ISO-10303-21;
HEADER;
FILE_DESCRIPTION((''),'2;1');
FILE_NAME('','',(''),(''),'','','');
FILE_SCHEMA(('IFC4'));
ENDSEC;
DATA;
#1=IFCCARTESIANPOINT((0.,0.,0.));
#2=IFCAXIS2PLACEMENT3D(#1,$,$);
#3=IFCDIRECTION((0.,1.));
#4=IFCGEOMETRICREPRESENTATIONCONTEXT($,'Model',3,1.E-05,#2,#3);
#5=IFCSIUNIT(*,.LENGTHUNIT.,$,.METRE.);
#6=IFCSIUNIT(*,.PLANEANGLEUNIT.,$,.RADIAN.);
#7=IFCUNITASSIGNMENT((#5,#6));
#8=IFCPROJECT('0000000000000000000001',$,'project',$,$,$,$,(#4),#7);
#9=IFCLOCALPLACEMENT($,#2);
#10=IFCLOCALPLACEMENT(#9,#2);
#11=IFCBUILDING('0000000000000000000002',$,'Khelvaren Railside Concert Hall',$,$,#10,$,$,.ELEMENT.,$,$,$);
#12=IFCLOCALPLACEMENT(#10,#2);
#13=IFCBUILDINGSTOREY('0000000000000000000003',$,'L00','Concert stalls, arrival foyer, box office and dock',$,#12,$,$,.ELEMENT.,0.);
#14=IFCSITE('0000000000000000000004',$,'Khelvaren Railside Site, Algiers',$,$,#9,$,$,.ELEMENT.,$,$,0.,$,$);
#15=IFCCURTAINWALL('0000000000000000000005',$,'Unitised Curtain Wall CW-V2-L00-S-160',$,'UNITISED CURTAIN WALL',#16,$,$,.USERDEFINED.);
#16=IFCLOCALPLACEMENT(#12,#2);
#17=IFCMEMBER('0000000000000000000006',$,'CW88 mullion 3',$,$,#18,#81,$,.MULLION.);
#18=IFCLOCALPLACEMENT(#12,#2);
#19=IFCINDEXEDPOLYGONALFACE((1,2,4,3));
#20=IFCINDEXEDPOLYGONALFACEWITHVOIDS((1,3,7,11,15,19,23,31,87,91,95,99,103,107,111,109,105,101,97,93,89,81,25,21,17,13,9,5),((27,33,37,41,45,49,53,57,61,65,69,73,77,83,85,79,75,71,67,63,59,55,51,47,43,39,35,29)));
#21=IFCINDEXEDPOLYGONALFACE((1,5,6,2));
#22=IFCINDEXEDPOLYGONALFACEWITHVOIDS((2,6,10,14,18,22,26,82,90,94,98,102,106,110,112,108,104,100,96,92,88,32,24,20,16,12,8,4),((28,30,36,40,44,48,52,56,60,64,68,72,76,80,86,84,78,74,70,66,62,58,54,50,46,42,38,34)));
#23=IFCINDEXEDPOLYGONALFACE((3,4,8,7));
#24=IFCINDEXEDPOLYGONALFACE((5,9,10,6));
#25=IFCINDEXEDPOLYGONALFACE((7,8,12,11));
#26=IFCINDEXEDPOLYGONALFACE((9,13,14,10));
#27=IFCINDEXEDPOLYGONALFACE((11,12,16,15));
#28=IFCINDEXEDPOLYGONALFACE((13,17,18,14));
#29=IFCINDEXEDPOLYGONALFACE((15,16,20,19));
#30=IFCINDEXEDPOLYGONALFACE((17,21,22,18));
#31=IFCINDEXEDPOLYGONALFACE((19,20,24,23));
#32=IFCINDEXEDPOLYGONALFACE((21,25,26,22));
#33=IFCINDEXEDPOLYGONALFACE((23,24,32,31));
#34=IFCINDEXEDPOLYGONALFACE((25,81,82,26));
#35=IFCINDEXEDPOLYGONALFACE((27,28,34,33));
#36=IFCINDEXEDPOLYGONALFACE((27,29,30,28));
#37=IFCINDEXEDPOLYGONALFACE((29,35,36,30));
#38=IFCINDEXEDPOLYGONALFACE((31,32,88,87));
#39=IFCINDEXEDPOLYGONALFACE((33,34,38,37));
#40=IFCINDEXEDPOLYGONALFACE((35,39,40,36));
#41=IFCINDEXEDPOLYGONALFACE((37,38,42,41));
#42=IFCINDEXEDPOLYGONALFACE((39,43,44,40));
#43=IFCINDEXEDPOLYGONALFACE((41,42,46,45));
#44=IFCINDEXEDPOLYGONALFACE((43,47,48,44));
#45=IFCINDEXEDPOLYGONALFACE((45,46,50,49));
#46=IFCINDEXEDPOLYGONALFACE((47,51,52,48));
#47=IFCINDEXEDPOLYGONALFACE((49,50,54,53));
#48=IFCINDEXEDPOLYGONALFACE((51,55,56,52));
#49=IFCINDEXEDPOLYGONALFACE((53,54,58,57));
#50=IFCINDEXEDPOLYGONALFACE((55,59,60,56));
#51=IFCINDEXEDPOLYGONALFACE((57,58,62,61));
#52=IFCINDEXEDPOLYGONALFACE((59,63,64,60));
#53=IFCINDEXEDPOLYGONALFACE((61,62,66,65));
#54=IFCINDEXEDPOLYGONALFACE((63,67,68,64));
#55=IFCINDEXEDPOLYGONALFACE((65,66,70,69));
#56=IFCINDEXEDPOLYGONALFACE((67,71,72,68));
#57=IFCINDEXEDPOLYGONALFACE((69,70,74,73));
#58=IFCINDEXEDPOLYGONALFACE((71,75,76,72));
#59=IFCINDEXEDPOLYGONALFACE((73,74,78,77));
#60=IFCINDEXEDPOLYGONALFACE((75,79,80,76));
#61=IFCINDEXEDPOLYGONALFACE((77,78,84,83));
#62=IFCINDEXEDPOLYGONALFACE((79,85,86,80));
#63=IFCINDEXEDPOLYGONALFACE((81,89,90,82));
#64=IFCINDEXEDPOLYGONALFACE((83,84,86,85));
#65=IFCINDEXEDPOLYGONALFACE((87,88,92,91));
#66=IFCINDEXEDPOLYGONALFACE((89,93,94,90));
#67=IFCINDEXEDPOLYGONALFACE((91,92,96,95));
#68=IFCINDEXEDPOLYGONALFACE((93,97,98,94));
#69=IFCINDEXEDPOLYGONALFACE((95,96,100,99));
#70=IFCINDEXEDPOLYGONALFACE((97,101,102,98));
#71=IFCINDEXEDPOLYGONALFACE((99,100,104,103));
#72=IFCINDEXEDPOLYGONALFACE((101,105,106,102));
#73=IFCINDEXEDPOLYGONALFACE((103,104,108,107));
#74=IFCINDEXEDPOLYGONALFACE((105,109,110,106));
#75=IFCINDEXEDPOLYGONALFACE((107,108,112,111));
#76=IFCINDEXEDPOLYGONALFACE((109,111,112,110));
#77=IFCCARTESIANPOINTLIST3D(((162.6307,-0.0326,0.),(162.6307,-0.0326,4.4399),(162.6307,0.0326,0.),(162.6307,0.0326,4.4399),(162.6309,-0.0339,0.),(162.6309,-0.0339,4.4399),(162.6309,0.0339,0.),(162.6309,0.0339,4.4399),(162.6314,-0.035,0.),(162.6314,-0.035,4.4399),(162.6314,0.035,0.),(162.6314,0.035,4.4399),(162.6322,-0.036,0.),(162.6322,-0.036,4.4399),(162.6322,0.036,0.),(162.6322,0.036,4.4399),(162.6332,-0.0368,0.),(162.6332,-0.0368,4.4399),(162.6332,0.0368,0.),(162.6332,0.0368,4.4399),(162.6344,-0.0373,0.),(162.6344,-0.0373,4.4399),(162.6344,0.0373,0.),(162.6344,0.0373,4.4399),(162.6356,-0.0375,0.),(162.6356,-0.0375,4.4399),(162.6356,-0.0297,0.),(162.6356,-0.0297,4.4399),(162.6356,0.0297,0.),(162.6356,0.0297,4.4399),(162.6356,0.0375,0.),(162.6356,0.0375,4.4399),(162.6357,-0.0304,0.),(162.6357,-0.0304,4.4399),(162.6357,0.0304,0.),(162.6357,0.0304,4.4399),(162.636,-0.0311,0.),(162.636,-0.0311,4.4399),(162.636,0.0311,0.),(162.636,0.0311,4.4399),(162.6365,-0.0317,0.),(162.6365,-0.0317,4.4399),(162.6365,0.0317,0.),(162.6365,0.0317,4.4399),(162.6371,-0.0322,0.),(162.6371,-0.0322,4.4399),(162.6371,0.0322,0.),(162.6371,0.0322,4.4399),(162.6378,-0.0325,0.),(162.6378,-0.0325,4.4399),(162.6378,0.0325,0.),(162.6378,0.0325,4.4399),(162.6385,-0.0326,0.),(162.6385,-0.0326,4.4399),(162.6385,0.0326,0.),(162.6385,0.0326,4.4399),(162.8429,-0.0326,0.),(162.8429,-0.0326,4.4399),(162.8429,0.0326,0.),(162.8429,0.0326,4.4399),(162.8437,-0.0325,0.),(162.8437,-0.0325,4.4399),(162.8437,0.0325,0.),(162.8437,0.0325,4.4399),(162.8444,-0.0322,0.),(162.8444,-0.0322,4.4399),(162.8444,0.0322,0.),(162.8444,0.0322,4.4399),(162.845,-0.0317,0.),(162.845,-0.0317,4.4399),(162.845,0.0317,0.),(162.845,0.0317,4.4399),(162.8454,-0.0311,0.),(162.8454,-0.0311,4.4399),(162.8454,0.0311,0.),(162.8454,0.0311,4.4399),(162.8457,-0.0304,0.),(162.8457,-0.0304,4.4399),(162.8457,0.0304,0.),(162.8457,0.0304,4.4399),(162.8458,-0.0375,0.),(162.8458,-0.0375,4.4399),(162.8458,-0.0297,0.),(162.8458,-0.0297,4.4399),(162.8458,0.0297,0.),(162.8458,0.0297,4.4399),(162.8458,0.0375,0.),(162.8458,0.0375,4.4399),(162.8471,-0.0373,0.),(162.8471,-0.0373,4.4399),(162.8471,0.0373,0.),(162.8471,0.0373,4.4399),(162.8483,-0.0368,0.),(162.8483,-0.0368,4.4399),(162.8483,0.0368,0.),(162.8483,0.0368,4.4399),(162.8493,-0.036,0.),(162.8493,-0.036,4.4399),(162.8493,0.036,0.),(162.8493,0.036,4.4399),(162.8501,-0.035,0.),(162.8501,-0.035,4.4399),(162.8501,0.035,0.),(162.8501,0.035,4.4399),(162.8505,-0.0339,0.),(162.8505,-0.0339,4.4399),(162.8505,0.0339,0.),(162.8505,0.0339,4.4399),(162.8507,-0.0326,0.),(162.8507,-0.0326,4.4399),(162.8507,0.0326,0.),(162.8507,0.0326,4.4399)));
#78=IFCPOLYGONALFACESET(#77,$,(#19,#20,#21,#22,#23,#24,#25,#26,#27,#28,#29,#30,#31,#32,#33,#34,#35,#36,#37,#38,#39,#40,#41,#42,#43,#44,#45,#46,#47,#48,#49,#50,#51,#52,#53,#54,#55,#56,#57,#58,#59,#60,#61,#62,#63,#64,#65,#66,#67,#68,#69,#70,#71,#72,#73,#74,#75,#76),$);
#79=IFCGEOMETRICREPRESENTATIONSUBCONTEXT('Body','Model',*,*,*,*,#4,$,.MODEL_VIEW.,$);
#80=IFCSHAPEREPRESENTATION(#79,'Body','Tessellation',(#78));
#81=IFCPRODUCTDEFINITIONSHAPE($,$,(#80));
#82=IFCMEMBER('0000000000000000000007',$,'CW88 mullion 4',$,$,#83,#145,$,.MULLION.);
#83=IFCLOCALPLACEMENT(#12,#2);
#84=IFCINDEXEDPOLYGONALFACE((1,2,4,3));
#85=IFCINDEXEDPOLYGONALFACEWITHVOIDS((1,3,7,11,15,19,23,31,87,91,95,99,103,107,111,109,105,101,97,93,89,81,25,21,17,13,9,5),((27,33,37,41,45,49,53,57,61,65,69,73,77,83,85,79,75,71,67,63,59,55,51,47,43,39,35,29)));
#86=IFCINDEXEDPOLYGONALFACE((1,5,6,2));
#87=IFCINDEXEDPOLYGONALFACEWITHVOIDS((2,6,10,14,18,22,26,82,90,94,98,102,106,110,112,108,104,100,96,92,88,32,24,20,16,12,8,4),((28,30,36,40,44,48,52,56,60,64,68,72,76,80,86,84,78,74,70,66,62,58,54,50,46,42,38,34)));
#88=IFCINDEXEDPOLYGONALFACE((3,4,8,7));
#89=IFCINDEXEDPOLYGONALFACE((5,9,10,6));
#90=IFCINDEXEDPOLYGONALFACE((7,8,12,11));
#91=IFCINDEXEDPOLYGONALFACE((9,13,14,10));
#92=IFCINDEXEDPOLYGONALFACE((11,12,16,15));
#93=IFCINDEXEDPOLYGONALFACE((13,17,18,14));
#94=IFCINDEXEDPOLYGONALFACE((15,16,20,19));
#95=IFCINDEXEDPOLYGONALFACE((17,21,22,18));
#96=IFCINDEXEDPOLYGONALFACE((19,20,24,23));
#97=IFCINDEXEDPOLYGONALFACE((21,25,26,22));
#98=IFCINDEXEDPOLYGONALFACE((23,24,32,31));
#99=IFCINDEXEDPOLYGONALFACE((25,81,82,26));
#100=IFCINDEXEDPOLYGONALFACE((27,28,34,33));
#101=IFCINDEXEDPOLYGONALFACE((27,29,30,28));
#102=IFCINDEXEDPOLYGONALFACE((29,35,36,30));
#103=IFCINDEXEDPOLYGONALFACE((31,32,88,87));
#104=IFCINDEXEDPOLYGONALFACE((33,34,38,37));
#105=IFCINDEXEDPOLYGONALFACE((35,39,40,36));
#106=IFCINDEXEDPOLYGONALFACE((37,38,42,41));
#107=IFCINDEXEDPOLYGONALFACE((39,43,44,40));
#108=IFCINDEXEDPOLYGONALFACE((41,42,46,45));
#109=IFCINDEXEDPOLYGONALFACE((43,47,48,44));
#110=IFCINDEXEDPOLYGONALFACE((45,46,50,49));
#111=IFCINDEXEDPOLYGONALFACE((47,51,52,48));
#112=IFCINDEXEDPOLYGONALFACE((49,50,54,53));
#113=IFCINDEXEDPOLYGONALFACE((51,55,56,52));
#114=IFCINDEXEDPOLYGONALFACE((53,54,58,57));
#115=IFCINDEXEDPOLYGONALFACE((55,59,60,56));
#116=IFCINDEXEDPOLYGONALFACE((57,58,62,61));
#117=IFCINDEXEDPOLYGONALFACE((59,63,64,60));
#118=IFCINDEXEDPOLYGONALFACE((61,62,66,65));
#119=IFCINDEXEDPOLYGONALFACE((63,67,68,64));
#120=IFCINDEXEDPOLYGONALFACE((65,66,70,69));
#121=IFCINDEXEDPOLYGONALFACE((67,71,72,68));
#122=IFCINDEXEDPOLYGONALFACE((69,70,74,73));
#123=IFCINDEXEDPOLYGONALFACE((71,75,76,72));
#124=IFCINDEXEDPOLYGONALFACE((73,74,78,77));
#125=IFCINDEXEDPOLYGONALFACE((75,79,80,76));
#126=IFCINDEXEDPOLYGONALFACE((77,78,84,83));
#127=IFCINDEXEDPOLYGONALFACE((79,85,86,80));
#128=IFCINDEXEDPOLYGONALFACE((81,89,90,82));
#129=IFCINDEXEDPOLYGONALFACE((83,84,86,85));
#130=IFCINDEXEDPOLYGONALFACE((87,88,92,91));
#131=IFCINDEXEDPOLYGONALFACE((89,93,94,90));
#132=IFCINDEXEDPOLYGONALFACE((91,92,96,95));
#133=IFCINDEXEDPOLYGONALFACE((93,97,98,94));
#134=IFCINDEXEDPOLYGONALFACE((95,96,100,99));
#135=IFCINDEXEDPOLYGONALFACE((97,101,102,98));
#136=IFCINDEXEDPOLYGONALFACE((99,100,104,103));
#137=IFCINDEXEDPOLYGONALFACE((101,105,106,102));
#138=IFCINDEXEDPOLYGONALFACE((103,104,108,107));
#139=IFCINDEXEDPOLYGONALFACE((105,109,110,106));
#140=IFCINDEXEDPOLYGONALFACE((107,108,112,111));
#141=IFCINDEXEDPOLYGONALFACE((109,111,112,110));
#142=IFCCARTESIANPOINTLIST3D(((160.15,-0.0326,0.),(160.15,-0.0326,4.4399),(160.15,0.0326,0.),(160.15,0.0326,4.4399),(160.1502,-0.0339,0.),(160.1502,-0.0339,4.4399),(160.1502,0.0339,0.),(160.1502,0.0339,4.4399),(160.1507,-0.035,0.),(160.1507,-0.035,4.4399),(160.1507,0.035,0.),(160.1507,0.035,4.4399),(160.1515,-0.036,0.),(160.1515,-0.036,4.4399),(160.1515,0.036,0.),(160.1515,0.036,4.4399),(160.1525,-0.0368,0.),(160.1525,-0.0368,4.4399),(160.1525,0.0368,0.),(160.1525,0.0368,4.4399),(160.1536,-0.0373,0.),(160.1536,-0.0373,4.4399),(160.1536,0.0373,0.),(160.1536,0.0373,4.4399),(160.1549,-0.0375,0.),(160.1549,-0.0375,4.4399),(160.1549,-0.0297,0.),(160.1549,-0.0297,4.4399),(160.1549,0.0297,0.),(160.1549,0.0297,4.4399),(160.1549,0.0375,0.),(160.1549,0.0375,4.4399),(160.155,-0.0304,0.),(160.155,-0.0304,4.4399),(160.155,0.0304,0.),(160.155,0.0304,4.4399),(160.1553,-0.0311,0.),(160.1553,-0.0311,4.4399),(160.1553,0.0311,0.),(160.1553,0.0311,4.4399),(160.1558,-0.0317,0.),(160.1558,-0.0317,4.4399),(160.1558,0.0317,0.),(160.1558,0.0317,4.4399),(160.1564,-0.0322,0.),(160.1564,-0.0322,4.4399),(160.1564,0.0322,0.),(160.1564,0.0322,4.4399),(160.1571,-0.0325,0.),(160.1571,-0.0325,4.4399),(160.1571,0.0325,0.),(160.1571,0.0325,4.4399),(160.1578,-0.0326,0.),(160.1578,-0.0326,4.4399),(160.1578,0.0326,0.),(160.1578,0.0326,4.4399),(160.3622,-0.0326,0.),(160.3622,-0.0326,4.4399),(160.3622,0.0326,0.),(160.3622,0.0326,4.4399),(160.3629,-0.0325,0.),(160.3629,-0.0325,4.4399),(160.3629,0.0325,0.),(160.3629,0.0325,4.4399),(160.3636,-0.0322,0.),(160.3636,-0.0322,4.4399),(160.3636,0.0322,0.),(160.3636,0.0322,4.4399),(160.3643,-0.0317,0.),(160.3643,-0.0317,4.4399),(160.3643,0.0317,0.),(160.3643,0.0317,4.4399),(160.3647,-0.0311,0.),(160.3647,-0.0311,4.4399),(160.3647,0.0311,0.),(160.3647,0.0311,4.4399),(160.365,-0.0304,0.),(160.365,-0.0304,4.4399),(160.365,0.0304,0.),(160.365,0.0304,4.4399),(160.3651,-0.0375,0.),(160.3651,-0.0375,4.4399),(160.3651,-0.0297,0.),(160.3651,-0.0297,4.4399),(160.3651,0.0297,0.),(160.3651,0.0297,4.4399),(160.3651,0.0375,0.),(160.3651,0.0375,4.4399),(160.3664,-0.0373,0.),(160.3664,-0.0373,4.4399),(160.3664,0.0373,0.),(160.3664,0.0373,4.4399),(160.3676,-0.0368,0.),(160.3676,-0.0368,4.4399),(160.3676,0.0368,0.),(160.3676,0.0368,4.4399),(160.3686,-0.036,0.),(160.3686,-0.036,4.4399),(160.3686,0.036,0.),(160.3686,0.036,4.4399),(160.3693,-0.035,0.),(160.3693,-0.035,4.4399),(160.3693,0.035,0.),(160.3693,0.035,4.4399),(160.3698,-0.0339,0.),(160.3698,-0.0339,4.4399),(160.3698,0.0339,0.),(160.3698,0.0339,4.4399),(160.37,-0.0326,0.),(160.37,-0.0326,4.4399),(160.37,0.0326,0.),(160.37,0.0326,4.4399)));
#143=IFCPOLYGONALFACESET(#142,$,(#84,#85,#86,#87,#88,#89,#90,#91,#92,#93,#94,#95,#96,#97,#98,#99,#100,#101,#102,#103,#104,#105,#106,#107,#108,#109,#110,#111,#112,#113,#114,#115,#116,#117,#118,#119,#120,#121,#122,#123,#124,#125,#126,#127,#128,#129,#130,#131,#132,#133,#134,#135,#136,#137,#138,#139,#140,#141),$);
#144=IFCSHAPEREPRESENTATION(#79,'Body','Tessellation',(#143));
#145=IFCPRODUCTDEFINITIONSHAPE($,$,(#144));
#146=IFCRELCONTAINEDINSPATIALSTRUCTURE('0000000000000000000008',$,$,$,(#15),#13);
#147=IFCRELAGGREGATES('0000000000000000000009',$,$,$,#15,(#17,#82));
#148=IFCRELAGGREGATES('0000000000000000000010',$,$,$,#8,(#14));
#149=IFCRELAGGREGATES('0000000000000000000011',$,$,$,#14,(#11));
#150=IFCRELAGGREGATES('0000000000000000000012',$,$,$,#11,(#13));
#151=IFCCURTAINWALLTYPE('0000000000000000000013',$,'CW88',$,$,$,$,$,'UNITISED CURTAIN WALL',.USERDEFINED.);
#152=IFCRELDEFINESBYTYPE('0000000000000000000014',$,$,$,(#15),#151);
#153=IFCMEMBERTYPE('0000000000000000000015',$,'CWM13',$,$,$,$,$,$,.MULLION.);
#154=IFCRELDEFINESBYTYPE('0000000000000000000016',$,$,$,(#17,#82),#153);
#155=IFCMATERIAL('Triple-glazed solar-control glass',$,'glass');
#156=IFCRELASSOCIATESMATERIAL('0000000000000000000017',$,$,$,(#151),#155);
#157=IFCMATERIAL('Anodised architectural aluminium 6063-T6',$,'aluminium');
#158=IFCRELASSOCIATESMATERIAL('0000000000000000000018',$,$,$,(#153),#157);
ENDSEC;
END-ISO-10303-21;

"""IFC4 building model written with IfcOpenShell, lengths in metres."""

from ifc_helpers import new_model, si_unit, direction, frame, origin, origin_2d, place, context, subcontext, project, spatial, hollow_rectangle, extrude, material, material_profile, profile_set, type_object, element, aggregate, save


model = new_model("IFC4")

# Units and contexts
model_context = context("Model", 3, precision=1e-05, world=origin(), true_north=direction((0.0, 1.0)))
body_context = subcontext(model_context, "Body", "Model", "MODEL_VIEW")
ifc_project = project(units=[si_unit("LENGTHUNIT", "METRE"), si_unit("PLANEANGLEUNIT", "RADIAN")], contexts=[model_context])

# Site, building, storey
site_placement = place(None, origin())
site = spatial("IfcSite", under=ifc_project, at=site_placement, Name="Khelvaren Railside Site, Algiers", CompositionType="ELEMENT", RefElevation=0.0)
building_placement = place(site_placement, origin())
building = spatial("IfcBuilding", under=site, at=building_placement, Name="Khelvaren Railside Concert Hall", CompositionType="ELEMENT")
storey_placement = place(building_placement, origin())
storey = spatial("IfcBuildingStorey", under=building, at=storey_placement, Name="L00", Description="Concert stalls, arrival foyer, box office and dock", CompositionType="ELEMENT", Elevation=0.0)

# Curtain wall, members
ifc_material_1 = material(Name="Triple-glazed solar-control glass", Category="glass")
curtain_wall_type = type_object("IfcCurtainWallType", Name="CW88", ElementType="UNITISED CURTAIN WALL", PredefinedType="USERDEFINED", material=ifc_material_1)
curtain_wall_placement = place(storey_placement, origin())
curtain_wall = element("IfcCurtainWall", 1, at=curtain_wall_placement, inside=storey, type_object=curtain_wall_type, Name="Unitised Curtain Wall CW-V2-L00-S-160", ObjectType="UNITISED CURTAIN WALL", PredefinedType="USERDEFINED")
ifc_material_2 = material(Name="Anodised architectural aluminium 6063-T6", Category="aluminium")
ifc_material_profile_1 = material_profile(ifc_material_2, hollow_rectangle(XDim=0.075, YDim=0.22, WallThickness=0.0049, InnerFilletRadius=0.0029, OuterFilletRadius=0.0049, at=origin_2d()), Name="CWM 75x220x5")
ifc_profile_set_1 = profile_set([ifc_material_profile_1], Name="Anodised architectural aluminium 6063-T6")
member_type_1 = type_object("IfcMemberType", Name="CWM13", PredefinedType="MULLION", material=ifc_profile_set_1)
member_1_placement = place(storey_placement, frame((162.7407, 0.0, 0.0), z_axis=(0.0, 0.0, 1.0), x_axis=(0.0, -1.0, 0.0)))
member_1 = element("IfcMember", 2, at=member_1_placement, type_object=member_type_1, Name="CW88 mullion 3", PredefinedType="MULLION", context=body_context, shape_type="SweptSolid", body=[
    extrude(hollow_rectangle(XDim=0.075, YDim=0.22, WallThickness=0.0049, InnerFilletRadius=0.0029, OuterFilletRadius=0.0049, at=origin_2d()), origin(), (0.0, 0.0, 1.0), 4.4399),
])
member_2_placement = place(storey_placement, frame((160.26, 0.0, 0.0), z_axis=(0.0, 0.0, 1.0), x_axis=(0.0, -1.0, 0.0)))
member_2 = element("IfcMember", 3, at=member_2_placement, type_object=member_type_1, Name="CW88 mullion 4", PredefinedType="MULLION", context=body_context, shape_type="SweptSolid", body=[
    extrude(hollow_rectangle(XDim=0.075, YDim=0.22, WallThickness=0.0049, InnerFilletRadius=0.0029, OuterFilletRadius=0.0049, at=origin_2d()), origin(), (0.0, 0.0, 1.0), 4.4399),
])

aggregate(curtain_wall, [member_1, member_2])

save(model, "model.ifc")
